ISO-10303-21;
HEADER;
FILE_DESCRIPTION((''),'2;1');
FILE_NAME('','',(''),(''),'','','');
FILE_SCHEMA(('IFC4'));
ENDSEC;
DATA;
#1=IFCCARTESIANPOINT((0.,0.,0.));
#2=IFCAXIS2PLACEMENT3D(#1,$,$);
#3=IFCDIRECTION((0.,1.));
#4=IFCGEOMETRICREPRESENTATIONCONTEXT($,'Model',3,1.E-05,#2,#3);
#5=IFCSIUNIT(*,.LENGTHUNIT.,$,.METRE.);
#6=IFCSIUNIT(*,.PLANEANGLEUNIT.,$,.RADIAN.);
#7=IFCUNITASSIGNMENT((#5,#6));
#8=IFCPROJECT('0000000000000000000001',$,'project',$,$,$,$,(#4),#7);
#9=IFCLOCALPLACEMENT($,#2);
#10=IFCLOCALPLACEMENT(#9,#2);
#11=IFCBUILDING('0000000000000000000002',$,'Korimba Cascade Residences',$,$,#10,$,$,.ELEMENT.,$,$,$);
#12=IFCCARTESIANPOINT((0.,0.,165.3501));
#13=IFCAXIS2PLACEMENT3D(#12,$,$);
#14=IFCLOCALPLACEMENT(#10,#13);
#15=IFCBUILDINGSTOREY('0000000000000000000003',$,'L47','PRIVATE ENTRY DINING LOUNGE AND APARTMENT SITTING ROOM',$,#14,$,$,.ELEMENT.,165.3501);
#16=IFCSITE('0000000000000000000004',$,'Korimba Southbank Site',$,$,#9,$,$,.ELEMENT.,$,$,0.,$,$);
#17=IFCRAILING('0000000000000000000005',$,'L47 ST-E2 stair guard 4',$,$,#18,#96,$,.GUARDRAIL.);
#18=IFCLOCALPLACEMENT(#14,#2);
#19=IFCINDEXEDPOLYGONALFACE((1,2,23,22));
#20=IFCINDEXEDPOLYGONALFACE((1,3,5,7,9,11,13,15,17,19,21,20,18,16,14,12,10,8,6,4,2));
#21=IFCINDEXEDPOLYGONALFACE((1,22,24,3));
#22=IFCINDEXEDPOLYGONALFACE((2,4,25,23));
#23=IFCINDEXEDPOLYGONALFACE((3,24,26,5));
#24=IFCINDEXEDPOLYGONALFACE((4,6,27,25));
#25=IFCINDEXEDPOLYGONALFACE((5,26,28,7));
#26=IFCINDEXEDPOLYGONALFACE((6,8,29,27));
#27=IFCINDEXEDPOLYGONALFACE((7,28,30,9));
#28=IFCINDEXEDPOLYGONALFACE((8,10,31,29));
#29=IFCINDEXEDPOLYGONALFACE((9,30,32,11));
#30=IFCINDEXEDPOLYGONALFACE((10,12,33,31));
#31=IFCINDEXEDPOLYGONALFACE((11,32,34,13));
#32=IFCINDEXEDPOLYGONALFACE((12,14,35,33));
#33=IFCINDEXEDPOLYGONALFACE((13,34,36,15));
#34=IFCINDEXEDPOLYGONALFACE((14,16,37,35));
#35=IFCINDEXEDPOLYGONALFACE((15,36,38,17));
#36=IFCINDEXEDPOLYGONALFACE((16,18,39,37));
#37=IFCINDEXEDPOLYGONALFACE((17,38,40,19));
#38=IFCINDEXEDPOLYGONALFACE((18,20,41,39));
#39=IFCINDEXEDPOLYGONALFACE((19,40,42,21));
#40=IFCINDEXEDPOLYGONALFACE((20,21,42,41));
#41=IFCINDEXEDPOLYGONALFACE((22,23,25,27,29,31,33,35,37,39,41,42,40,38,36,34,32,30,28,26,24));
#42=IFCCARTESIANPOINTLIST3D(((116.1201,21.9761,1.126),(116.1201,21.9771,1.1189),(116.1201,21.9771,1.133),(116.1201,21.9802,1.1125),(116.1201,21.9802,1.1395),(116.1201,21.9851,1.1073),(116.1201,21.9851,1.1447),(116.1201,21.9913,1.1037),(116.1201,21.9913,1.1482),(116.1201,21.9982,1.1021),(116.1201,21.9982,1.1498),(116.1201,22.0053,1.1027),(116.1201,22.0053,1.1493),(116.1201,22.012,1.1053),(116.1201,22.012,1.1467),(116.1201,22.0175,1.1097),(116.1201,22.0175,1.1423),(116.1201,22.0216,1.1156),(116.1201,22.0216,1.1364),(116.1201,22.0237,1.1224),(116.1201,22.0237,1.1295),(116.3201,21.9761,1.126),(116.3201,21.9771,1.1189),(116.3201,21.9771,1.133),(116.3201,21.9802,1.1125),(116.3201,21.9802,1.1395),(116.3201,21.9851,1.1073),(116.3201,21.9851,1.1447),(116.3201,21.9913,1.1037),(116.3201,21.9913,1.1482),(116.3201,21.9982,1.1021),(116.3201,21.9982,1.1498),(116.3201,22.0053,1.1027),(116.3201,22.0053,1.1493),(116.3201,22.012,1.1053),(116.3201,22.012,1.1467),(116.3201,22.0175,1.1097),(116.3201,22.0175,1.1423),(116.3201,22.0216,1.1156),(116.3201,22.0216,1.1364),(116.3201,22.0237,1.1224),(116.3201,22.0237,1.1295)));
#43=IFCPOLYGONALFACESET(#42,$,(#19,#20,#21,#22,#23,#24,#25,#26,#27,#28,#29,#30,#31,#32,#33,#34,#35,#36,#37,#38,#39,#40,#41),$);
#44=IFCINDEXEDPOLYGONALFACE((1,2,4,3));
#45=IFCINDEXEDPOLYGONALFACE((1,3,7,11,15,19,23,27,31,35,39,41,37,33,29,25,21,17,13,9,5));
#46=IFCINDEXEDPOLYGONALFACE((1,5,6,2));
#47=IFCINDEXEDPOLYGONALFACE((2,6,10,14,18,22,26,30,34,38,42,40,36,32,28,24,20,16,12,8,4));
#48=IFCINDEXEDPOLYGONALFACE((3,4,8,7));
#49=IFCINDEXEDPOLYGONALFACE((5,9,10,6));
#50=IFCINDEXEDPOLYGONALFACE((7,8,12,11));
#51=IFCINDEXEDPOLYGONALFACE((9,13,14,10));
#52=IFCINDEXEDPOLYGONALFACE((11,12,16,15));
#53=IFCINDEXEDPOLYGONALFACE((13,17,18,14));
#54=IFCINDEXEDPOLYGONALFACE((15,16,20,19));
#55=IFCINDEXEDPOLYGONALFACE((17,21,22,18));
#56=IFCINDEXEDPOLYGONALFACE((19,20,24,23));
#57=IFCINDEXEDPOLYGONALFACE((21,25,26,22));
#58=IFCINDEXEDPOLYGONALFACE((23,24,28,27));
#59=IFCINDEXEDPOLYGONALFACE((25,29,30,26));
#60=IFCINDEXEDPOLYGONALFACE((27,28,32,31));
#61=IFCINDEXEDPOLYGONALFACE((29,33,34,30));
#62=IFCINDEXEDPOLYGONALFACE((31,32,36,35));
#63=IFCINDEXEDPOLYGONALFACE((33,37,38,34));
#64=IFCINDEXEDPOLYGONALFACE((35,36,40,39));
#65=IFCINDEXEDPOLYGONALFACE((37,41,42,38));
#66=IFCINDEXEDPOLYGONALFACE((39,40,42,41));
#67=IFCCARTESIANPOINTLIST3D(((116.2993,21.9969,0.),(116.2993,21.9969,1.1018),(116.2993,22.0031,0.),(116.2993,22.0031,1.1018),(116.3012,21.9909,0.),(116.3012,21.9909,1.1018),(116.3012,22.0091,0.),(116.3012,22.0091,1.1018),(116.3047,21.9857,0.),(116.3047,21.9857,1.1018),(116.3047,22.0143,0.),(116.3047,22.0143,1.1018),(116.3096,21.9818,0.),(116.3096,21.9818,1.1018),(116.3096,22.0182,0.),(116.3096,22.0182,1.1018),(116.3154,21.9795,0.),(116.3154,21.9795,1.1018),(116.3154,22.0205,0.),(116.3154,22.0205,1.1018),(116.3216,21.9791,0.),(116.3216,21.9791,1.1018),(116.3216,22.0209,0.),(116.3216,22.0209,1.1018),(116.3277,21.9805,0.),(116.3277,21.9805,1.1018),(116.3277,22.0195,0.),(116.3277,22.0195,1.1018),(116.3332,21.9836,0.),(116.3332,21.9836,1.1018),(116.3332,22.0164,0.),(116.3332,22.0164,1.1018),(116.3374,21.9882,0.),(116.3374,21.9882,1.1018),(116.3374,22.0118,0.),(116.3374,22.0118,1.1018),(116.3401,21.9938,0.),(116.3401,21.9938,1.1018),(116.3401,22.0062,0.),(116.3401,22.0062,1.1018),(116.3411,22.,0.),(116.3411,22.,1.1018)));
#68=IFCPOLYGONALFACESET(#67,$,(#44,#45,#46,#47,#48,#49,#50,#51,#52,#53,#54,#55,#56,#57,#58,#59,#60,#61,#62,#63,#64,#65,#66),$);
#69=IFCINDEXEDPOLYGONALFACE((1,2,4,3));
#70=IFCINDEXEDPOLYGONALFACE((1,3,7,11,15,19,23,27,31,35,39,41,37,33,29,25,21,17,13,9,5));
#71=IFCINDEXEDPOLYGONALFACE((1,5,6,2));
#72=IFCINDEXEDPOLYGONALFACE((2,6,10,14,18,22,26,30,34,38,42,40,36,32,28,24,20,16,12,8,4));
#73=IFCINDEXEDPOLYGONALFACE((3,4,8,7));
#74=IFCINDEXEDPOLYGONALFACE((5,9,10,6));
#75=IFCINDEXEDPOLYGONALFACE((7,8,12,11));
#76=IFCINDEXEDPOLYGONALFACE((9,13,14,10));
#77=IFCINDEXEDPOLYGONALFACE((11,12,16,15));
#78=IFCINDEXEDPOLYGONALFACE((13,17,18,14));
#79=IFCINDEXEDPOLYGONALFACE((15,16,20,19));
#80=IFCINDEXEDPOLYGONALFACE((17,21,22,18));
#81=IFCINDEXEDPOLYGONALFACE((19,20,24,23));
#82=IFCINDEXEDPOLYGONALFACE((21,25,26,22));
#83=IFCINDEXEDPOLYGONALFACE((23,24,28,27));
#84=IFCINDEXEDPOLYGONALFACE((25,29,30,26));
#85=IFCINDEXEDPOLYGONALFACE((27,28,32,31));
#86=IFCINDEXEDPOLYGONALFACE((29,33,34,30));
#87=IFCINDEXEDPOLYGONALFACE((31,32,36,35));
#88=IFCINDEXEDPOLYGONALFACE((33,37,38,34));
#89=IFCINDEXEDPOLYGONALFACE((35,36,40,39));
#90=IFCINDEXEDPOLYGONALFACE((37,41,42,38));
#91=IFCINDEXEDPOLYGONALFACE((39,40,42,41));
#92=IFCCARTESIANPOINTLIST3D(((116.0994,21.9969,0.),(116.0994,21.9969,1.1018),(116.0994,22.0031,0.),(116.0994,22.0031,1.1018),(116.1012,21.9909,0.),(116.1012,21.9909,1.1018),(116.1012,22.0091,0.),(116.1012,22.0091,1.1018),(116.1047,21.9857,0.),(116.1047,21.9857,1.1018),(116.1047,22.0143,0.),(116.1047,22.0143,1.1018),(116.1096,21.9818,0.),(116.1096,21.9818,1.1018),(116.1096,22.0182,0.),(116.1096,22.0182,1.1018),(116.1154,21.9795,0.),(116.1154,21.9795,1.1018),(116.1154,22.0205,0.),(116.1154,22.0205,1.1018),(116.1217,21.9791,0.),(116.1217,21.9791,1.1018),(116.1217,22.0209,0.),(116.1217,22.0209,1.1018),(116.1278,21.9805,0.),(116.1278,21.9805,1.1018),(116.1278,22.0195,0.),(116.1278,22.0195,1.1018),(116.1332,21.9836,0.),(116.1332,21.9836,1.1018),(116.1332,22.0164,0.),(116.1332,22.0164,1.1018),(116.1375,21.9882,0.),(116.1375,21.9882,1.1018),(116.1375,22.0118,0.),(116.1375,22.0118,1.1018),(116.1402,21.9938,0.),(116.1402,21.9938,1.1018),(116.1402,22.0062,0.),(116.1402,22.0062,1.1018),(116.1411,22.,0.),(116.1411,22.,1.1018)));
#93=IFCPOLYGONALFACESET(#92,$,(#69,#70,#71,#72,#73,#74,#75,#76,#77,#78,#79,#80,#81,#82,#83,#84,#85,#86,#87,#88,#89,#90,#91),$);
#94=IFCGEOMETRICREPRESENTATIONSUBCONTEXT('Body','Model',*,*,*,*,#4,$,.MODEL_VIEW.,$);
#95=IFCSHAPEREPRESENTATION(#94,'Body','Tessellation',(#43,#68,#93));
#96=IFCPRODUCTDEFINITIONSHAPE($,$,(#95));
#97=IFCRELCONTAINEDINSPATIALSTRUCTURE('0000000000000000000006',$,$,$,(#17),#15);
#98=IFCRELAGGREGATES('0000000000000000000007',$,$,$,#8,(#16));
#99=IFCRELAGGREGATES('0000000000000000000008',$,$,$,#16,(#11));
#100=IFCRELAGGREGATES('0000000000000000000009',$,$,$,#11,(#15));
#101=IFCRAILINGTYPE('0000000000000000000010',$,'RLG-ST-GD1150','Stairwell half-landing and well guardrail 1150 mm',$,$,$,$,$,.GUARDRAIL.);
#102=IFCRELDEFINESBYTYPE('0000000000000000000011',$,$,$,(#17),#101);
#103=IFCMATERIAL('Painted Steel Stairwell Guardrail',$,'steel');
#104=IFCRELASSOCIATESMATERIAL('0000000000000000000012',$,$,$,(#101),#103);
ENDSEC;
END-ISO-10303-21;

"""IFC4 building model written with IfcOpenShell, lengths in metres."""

from ifc_helpers import new_model, si_unit, direction, frame, origin, origin_2d, place, context, subcontext, project, spatial, circle, extrude, material, type_object, element, save


model = new_model("IFC4")

# Units and contexts
model_context = context("Model", 3, precision=1e-05, world=origin(), true_north=direction((0.0, 1.0)))
body_context = subcontext(model_context, "Body", "Model", "MODEL_VIEW")
ifc_project = project(units=[si_unit("LENGTHUNIT", "METRE"), si_unit("PLANEANGLEUNIT", "RADIAN")], contexts=[model_context])

# Site, building, storey
site_placement = place(None, origin())
site = spatial("IfcSite", under=ifc_project, at=site_placement, Name="Korimba Southbank Site", CompositionType="ELEMENT", RefElevation=0.0)
building_placement = place(site_placement, origin())
building = spatial("IfcBuilding", under=site, at=building_placement, Name="Korimba Cascade Residences", CompositionType="ELEMENT")
storey_placement = place(building_placement, frame((0.0, 0.0, 165.3501)))
storey = spatial("IfcBuildingStorey", under=building, at=storey_placement, Name="L47", Description="PRIVATE ENTRY DINING LOUNGE AND APARTMENT SITTING ROOM", CompositionType="ELEMENT", Elevation=165.3501)

# Railing
ifc_material_1 = material(Name="Painted Steel Stairwell Guardrail", Category="steel")
railing_type_1 = type_object("IfcRailingType", Name="RLG-ST-GD1150", Description="Stairwell half-landing and well guardrail 1150 mm", PredefinedType="GUARDRAIL", material=ifc_material_1)
railing_1_placement = place(storey_placement, frame((116.3201, 22.0, 0.0)))
element("IfcRailing", 1, at=railing_1_placement, inside=storey, type_object=railing_type_1, Name="L47 ST-E2 stair guard 4", PredefinedType="GUARDRAIL", context=body_context, shape_type="SweptSolid", body=[
    extrude(circle(Radius=0.0239, at=origin_2d()), frame((0.0, 0.0, 1.126), z_axis=(-1.0, 0.0, 0.0), x_axis=(0.0, -1.0, 0.0)), (0.0, 0.0, 1.0), 0.2),
    extrude(circle(Radius=0.021, at=origin_2d()), origin(), (0.0, 0.0, 1.0), 1.1018),
    extrude(circle(Radius=0.021, at=origin_2d()), frame((-0.2, 0.0, 0.0)), (0.0, 0.0, 1.0), 1.1018),
])

save(model, "model.ifc")
